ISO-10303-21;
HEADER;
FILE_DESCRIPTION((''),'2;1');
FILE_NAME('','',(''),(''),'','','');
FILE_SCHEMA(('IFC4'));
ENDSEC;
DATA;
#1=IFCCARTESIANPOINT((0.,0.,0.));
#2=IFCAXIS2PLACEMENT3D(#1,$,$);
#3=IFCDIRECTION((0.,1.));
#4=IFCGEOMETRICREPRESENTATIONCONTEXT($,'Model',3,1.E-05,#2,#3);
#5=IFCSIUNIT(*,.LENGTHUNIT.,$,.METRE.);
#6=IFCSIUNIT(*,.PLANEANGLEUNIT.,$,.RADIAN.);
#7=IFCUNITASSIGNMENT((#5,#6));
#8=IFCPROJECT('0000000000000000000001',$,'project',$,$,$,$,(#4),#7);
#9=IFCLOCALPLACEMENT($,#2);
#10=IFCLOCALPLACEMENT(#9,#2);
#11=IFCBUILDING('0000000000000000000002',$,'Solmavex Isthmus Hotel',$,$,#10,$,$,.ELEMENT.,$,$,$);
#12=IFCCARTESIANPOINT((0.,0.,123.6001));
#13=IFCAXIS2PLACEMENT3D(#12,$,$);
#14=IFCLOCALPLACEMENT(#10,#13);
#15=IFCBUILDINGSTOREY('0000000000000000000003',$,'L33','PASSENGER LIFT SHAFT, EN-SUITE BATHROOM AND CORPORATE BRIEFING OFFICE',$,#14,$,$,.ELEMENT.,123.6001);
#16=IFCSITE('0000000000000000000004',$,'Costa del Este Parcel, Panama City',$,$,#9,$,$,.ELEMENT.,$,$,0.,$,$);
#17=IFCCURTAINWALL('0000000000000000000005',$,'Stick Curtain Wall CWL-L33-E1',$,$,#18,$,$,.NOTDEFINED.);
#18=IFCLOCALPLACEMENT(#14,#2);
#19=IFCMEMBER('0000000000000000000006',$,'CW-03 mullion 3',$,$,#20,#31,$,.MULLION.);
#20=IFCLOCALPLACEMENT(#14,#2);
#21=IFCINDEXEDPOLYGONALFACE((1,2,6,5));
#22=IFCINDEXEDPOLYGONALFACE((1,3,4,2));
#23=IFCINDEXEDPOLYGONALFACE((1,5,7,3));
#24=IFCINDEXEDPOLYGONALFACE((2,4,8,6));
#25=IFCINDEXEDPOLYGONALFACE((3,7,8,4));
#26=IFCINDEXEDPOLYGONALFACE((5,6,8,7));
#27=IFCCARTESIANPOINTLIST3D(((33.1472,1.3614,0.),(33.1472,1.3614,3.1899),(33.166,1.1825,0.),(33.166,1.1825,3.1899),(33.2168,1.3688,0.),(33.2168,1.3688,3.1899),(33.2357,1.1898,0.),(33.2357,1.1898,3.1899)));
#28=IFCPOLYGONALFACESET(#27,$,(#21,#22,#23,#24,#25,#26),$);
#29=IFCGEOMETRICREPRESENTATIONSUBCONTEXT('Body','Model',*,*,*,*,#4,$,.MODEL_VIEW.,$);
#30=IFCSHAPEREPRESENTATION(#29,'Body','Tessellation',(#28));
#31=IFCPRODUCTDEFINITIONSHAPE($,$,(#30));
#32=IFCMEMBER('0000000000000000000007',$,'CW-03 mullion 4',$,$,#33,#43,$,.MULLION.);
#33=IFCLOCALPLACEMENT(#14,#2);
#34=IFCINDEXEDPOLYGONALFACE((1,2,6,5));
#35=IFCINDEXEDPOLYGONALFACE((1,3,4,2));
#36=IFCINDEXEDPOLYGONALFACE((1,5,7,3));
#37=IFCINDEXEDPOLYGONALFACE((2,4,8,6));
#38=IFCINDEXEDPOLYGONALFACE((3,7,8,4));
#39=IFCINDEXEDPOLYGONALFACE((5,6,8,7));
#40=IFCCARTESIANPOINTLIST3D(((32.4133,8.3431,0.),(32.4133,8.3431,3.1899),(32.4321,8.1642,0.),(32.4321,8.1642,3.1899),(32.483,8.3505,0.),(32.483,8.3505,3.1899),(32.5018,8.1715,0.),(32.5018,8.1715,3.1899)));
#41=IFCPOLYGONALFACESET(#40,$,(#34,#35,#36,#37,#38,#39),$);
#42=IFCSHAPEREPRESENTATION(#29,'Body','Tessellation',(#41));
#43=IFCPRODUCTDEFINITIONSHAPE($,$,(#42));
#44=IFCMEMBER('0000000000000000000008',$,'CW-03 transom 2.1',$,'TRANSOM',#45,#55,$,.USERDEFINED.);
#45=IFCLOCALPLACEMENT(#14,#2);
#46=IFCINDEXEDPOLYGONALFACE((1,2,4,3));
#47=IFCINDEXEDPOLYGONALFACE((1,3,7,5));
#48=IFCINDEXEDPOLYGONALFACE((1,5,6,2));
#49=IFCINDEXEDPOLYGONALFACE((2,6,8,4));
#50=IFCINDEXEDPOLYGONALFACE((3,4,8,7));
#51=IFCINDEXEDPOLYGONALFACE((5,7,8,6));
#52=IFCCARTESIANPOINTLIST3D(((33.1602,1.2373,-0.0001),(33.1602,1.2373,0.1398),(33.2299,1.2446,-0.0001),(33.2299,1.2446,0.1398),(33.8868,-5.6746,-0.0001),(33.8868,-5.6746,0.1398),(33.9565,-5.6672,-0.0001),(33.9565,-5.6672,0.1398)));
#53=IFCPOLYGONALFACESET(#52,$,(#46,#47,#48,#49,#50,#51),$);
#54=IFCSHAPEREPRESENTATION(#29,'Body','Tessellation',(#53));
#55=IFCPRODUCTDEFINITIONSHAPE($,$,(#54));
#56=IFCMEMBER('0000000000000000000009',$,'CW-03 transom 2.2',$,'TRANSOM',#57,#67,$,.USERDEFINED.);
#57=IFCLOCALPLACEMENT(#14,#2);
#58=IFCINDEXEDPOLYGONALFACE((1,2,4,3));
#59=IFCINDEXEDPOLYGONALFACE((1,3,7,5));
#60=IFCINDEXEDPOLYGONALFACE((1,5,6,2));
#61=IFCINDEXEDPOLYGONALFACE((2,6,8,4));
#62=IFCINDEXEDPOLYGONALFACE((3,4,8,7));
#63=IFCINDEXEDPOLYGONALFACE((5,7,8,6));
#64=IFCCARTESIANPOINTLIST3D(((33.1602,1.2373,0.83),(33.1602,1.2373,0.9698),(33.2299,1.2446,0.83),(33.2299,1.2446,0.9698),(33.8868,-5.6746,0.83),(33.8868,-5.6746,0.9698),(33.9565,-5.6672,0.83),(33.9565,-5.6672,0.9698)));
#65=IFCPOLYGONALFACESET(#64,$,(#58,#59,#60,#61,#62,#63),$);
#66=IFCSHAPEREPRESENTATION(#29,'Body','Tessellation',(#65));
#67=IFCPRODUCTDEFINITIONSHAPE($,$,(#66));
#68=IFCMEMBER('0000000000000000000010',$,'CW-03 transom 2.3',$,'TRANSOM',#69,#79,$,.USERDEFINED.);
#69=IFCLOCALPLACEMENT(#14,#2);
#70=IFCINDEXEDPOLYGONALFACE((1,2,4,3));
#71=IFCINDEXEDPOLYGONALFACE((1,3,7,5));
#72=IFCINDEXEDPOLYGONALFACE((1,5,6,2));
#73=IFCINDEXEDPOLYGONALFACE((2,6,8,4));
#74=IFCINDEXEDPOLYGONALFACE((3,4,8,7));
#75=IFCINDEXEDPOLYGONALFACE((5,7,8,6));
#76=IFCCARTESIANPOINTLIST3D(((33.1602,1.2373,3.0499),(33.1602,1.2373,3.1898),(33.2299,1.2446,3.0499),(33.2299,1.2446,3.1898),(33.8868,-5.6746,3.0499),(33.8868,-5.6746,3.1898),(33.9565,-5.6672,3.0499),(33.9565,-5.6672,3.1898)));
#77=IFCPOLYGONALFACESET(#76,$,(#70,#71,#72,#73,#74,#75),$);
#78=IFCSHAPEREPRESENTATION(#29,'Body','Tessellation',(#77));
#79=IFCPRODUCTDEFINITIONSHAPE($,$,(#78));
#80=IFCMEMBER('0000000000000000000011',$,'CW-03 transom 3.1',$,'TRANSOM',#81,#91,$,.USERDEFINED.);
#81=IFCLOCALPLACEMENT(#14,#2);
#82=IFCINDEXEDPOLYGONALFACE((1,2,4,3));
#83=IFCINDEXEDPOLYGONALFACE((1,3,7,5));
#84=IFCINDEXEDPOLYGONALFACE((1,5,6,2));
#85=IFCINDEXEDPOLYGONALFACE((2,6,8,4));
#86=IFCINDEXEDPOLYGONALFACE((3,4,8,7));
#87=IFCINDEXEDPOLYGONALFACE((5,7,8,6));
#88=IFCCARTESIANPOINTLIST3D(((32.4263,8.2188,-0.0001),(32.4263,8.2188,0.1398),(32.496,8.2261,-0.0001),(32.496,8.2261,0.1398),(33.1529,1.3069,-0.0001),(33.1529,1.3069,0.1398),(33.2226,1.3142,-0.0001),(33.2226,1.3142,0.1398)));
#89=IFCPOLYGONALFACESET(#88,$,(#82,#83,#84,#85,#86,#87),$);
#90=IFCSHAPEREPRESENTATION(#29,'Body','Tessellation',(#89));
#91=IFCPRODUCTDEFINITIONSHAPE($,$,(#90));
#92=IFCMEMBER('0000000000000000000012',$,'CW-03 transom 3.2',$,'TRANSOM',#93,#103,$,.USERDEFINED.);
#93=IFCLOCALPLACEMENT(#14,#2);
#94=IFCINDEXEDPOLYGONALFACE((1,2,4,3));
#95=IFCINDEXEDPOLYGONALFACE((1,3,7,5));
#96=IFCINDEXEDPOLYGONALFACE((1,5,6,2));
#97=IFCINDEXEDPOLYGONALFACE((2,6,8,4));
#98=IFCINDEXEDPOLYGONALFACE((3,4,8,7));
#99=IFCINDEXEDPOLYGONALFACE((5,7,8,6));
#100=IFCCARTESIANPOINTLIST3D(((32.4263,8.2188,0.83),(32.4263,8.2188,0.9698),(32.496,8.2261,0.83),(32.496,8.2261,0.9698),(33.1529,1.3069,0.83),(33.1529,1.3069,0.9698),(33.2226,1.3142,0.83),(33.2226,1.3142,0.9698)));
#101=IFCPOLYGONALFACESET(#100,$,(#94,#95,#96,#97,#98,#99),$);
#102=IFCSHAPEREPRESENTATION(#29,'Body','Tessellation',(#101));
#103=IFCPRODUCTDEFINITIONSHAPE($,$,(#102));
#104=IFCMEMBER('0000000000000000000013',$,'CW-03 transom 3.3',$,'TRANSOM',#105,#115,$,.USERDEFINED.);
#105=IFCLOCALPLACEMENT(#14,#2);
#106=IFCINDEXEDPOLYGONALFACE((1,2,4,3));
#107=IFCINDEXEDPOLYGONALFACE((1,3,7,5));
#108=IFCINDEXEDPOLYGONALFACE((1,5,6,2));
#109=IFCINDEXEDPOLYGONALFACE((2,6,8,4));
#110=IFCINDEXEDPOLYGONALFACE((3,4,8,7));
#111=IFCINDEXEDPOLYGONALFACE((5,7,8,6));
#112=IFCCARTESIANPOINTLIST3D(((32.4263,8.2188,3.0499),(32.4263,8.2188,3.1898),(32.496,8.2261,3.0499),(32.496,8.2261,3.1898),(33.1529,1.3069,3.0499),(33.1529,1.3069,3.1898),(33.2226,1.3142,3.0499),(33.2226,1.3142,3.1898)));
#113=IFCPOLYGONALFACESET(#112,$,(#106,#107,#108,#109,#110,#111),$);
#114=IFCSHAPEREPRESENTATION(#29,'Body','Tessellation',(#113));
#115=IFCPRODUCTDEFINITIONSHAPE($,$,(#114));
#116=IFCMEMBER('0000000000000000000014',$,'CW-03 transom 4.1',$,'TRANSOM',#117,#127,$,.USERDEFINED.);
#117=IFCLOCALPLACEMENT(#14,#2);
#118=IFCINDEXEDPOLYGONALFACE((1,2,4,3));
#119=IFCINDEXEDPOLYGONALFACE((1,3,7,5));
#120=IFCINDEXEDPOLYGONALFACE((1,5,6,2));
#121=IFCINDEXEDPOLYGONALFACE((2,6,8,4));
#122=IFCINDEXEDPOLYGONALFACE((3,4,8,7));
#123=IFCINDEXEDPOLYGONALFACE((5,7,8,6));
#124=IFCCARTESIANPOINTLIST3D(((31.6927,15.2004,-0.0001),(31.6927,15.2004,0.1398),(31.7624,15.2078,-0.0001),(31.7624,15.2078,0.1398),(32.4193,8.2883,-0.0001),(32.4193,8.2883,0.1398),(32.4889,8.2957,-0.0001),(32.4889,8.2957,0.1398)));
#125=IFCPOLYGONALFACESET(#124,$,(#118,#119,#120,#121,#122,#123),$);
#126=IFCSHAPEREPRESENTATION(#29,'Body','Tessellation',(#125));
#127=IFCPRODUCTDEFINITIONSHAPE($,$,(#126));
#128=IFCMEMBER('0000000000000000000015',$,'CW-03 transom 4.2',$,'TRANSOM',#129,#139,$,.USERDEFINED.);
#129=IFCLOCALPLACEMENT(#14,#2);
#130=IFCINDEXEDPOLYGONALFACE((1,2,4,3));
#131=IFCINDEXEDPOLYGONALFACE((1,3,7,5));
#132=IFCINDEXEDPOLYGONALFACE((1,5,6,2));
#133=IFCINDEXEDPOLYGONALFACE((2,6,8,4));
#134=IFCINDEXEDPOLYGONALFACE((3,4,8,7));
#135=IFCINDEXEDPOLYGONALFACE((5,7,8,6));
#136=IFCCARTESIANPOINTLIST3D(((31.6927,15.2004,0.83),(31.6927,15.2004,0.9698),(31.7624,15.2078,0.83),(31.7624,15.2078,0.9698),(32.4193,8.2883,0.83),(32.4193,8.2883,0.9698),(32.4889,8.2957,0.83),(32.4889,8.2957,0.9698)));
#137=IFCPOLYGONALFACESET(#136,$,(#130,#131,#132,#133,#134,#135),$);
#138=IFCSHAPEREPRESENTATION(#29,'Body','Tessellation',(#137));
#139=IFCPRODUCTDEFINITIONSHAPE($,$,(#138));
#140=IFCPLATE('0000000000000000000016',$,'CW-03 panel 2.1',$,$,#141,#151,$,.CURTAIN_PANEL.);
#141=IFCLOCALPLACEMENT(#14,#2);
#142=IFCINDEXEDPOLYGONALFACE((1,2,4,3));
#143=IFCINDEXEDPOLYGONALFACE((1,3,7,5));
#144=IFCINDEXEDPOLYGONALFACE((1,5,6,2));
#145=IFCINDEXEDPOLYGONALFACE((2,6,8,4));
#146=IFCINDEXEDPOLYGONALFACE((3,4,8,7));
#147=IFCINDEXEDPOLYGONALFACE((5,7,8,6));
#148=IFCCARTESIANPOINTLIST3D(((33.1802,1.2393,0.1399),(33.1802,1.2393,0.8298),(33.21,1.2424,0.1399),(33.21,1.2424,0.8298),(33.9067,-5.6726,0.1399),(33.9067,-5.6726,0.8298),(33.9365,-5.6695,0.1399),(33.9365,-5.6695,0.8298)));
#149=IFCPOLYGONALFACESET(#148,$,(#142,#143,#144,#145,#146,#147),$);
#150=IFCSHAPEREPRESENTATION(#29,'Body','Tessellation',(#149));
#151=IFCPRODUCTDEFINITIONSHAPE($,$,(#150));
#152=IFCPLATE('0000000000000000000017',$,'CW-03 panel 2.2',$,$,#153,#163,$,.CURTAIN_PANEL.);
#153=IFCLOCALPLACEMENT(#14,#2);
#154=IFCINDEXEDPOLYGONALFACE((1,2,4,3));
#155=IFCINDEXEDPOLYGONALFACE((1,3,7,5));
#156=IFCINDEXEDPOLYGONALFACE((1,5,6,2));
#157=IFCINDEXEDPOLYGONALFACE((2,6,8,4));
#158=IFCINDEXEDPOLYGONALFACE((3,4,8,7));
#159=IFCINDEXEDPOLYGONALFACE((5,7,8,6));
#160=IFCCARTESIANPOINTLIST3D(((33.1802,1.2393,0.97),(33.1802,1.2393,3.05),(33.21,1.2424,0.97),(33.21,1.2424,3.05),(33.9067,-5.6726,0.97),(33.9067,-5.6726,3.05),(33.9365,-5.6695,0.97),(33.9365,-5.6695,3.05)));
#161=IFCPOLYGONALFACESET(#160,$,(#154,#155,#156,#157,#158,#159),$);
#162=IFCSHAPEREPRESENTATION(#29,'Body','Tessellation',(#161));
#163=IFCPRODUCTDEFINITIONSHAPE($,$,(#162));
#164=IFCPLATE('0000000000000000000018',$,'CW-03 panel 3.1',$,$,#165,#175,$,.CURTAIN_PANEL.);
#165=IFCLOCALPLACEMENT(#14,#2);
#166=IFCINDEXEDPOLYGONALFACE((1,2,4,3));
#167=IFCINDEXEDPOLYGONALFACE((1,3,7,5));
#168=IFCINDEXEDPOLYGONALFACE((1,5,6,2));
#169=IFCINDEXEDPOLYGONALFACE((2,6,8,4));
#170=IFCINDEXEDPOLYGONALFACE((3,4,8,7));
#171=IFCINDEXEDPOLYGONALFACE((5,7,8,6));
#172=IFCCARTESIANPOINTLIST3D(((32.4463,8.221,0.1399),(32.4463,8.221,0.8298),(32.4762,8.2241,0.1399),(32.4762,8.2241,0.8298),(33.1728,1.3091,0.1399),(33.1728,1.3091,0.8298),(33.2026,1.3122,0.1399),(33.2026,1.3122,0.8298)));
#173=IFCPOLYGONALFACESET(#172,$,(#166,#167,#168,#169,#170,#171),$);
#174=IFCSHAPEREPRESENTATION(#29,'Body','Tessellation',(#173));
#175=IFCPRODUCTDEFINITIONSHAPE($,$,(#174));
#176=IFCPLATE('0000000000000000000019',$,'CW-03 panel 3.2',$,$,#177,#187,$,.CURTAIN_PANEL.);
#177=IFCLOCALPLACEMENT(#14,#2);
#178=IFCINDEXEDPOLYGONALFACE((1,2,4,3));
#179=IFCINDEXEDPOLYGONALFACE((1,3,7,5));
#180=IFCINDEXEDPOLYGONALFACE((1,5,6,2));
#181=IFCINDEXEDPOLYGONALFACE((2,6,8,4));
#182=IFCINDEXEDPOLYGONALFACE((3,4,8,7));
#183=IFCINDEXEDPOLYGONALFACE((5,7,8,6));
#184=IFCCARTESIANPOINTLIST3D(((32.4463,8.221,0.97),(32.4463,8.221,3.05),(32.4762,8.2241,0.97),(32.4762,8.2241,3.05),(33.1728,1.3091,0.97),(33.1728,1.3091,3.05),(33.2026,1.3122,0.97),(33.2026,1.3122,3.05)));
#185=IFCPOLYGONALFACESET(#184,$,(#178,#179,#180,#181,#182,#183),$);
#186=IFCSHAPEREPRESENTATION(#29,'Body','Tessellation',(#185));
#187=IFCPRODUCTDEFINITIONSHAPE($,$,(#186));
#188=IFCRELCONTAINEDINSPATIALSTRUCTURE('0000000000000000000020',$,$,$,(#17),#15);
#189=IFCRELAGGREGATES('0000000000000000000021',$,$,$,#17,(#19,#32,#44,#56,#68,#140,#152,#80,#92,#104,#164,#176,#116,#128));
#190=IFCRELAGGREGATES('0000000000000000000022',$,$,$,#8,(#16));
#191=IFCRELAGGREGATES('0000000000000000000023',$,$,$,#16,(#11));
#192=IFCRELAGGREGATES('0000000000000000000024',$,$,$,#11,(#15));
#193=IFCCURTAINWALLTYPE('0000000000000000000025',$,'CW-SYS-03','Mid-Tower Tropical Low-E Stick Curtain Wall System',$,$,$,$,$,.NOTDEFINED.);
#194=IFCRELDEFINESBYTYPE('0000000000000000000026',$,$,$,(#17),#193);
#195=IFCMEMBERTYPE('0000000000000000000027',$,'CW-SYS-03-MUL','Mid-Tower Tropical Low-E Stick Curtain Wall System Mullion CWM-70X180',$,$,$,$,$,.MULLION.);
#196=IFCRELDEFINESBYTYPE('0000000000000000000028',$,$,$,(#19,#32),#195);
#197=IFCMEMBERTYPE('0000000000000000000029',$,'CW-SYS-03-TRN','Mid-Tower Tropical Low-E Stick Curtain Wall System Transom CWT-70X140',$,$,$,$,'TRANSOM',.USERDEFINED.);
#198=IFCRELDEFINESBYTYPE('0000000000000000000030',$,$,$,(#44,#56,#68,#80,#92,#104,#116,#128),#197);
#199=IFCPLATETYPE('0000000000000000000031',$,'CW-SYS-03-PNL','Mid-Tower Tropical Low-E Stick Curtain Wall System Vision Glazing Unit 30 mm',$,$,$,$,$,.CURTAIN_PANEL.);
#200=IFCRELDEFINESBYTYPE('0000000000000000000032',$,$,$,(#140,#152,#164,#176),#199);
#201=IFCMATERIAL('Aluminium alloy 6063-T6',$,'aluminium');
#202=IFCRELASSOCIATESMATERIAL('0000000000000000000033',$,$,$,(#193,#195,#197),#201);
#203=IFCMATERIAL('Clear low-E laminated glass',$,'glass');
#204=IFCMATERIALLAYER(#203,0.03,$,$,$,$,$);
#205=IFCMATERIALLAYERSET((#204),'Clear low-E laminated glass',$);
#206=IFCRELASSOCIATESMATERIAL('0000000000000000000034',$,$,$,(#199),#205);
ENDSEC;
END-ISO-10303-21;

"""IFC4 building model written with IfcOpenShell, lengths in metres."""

from ifc_helpers import new_model, si_unit, direction, frame, origin, origin_2d, place, context, subcontext, project, spatial, rectangle, extrude, material, layer, layer_set, material_profile, profile_set, type_object, element, aggregate, save


model = new_model("IFC4")

# Units and contexts
model_context = context("Model", 3, precision=1e-05, world=origin(), true_north=direction((0.0, 1.0)))
body_context = subcontext(model_context, "Body", "Model", "MODEL_VIEW")
ifc_project = project(units=[si_unit("LENGTHUNIT", "METRE"), si_unit("PLANEANGLEUNIT", "RADIAN")], contexts=[model_context])

# Site, building, storey
site_placement = place(None, origin())
site = spatial("IfcSite", under=ifc_project, at=site_placement, Name="Costa del Este Parcel, Panama City", CompositionType="ELEMENT", RefElevation=0.0)
building_placement = place(site_placement, origin())
building = spatial("IfcBuilding", under=site, at=building_placement, Name="Solmavex Isthmus Hotel", CompositionType="ELEMENT")
storey_placement = place(building_placement, frame((0.0, 0.0, 123.6001)))
storey = spatial("IfcBuildingStorey", under=building, at=storey_placement, Name="L33", Description="PASSENGER LIFT SHAFT, EN-SUITE BATHROOM AND CORPORATE BRIEFING OFFICE", CompositionType="ELEMENT", Elevation=123.6001)

# Curtain wall, members, plates
ifc_material_1 = material(Name="Aluminium alloy 6063-T6", Category="aluminium")
curtain_wall_type = type_object("IfcCurtainWallType", Name="CW-SYS-03", Description="Mid-Tower Tropical Low-E Stick Curtain Wall System", PredefinedType="NOTDEFINED", material=ifc_material_1)
curtain_wall_placement = place(storey_placement, origin())
curtain_wall = element("IfcCurtainWall", 1, at=curtain_wall_placement, inside=storey, type_object=curtain_wall_type, Name="Stick Curtain Wall CWL-L33-E1", PredefinedType="NOTDEFINED")
ifc_material_profile_1 = material_profile(ifc_material_1, rectangle(XDim=0.0701, YDim=0.1799, at=origin_2d()), Name="CWM-70X180")
ifc_profile_set_1 = profile_set([ifc_material_profile_1], Name="Aluminium alloy 6063-T6")
member_type_1 = type_object("IfcMemberType", Name="CW-SYS-03-MUL", Description="Mid-Tower Tropical Low-E Stick Curtain Wall System Mullion CWM-70X180", PredefinedType="MULLION", material=ifc_profile_set_1)
member_1_placement = place(storey_placement, frame((33.1914, 1.2756, 0.0), z_axis=(0.0, 0.0, 1.0), x_axis=(-0.994522, -0.104528, 0.0)))
member_1 = element("IfcMember", 2, at=member_1_placement, type_object=member_type_1, Name="CW-03 mullion 3", PredefinedType="MULLION", context=body_context, shape_type="SweptSolid", body=[
    extrude(rectangle(XDim=0.0701, YDim=0.1799, at=origin_2d()), origin(), (0.0, 0.0, 1.0), 3.1899),
])
member_2_placement = place(storey_placement, frame((32.4575, 8.2573, 0.0), z_axis=(0.0, 0.0, 1.0), x_axis=(-0.994522, -0.104528, 0.0)))
member_2 = element("IfcMember", 3, at=member_2_placement, type_object=member_type_1, Name="CW-03 mullion 4", PredefinedType="MULLION", context=body_context, shape_type="SweptSolid", body=[
    extrude(rectangle(XDim=0.0701, YDim=0.1799, at=origin_2d()), origin(), (0.0, 0.0, 1.0), 3.1899),
])
ifc_material_profile_2 = material_profile(ifc_material_1, rectangle(XDim=0.0701, YDim=0.1399, at=origin_2d()), Name="CWT-70X140")
ifc_profile_set_2 = profile_set([ifc_material_profile_2], Name="Aluminium alloy 6063-T6")
member_type_2 = type_object("IfcMemberType", Name="CW-SYS-03-TRN", Description="Mid-Tower Tropical Low-E Stick Curtain Wall System Transom CWT-70X140", ElementType="TRANSOM", PredefinedType="USERDEFINED", material=ifc_profile_set_2)
member_3_placement = place(storey_placement, frame((33.9216, -5.6709, 0.0698), z_axis=(-0.104542, 0.99452, 0.0), x_axis=(-0.99452, -0.104542, 0.0)))
member_3 = element("IfcMember", 4, at=member_3_placement, type_object=member_type_2, Name="CW-03 transom 2.1", ObjectType="TRANSOM", PredefinedType="USERDEFINED", context=body_context, shape_type="SweptSolid", body=[
    extrude(rectangle(XDim=0.0701, YDim=0.1399, at=origin_2d()), origin(), (0.0, 0.0, 1.0), 6.95),
])
member_4_placement = place(storey_placement, frame((33.9216, -5.6709, 0.8999), z_axis=(-0.104542, 0.99452, 0.0), x_axis=(-0.99452, -0.104542, 0.0)))
member_4 = element("IfcMember", 5, at=member_4_placement, type_object=member_type_2, Name="CW-03 transom 2.2", ObjectType="TRANSOM", PredefinedType="USERDEFINED", context=body_context, shape_type="SweptSolid", body=[
    extrude(rectangle(XDim=0.0701, YDim=0.1399, at=origin_2d()), origin(), (0.0, 0.0, 1.0), 6.95),
])
member_5_placement = place(storey_placement, frame((33.9216, -5.6709, 3.1199), z_axis=(-0.104542, 0.99452, 0.0), x_axis=(-0.99452, -0.104542, 0.0)))
member_5 = element("IfcMember", 6, at=member_5_placement, type_object=member_type_2, Name="CW-03 transom 2.3", ObjectType="TRANSOM", PredefinedType="USERDEFINED", context=body_context, shape_type="SweptSolid", body=[
    extrude(rectangle(XDim=0.0701, YDim=0.1399, at=origin_2d()), origin(), (0.0, 0.0, 1.0), 6.95),
])
member_6_placement = place(storey_placement, frame((33.1877, 1.3105, 0.0698), z_axis=(-0.104542, 0.99452, 0.0), x_axis=(-0.99452, -0.104542, 0.0)))
member_6 = element("IfcMember", 7, at=member_6_placement, type_object=member_type_2, Name="CW-03 transom 3.1", ObjectType="TRANSOM", PredefinedType="USERDEFINED", context=body_context, shape_type="SweptSolid", body=[
    extrude(rectangle(XDim=0.0701, YDim=0.1399, at=origin_2d()), origin(), (0.0, 0.0, 1.0), 6.95),
])
member_7_placement = place(storey_placement, frame((33.1877, 1.3105, 0.8999), z_axis=(-0.104542, 0.99452, 0.0), x_axis=(-0.99452, -0.104542, 0.0)))
member_7 = element("IfcMember", 8, at=member_7_placement, type_object=member_type_2, Name="CW-03 transom 3.2", ObjectType="TRANSOM", PredefinedType="USERDEFINED", context=body_context, shape_type="SweptSolid", body=[
    extrude(rectangle(XDim=0.0701, YDim=0.1399, at=origin_2d()), origin(), (0.0, 0.0, 1.0), 6.95),
])
member_8_placement = place(storey_placement, frame((33.1877, 1.3105, 3.1199), z_axis=(-0.104542, 0.99452, 0.0), x_axis=(-0.99452, -0.104542, 0.0)))
member_8 = element("IfcMember", 9, at=member_8_placement, type_object=member_type_2, Name="CW-03 transom 3.3", ObjectType="TRANSOM", PredefinedType="USERDEFINED", context=body_context, shape_type="SweptSolid", body=[
    extrude(rectangle(XDim=0.0701, YDim=0.1399, at=origin_2d()), origin(), (0.0, 0.0, 1.0), 6.95),
])
member_9_placement = place(storey_placement, frame((32.4541, 8.292, 0.0698), z_axis=(-0.104539, 0.994521, 0.0), x_axis=(-0.994521, -0.104539, 0.0)))
member_9 = element("IfcMember", 10, at=member_9_placement, type_object=member_type_2, Name="CW-03 transom 4.1", ObjectType="TRANSOM", PredefinedType="USERDEFINED", context=body_context, shape_type="SweptSolid", body=[
    extrude(rectangle(XDim=0.0701, YDim=0.1399, at=origin_2d()), origin(), (0.0, 0.0, 1.0), 6.9502),
])
member_10_placement = place(storey_placement, frame((32.4541, 8.292, 0.8999), z_axis=(-0.104539, 0.994521, 0.0), x_axis=(-0.994521, -0.104539, 0.0)))
member_10 = element("IfcMember", 11, at=member_10_placement, type_object=member_type_2, Name="CW-03 transom 4.2", ObjectType="TRANSOM", PredefinedType="USERDEFINED", context=body_context, shape_type="SweptSolid", body=[
    extrude(rectangle(XDim=0.0701, YDim=0.1399, at=origin_2d()), origin(), (0.0, 0.0, 1.0), 6.9502),
])
ifc_material_2 = material(Name="Clear low-E laminated glass", Category="glass")
ifc_layer_1 = layer(ifc_material_2, 0.03)
ifc_layer_set_1 = layer_set([ifc_layer_1], Name="Clear low-E laminated glass")
plate_type = type_object("IfcPlateType", Name="CW-SYS-03-PNL", Description="Mid-Tower Tropical Low-E Stick Curtain Wall System Vision Glazing Unit 30 mm", PredefinedType="CURTAIN_PANEL", material=ifc_layer_set_1)
plate_1_placement = place(storey_placement, frame((33.5583, -2.2151, 0.1399), z_axis=(0.0, 0.0, 1.0), x_axis=(-0.104528, 0.994522, 0.0)))
plate_1 = element("IfcPlate", 12, at=plate_1_placement, type_object=plate_type, Name="CW-03 panel 2.1", PredefinedType="CURTAIN_PANEL", context=body_context, shape_type="SweptSolid", body=[
    extrude(rectangle(XDim=6.95, YDim=0.03, at=origin_2d()), origin(), (0.0, 0.0, 1.0), 0.6899),
])
plate_2_placement = place(storey_placement, frame((33.5583, -2.2151, 0.97), z_axis=(0.0, 0.0, 1.0), x_axis=(-0.104528, 0.994522, 0.0)))
plate_2 = element("IfcPlate", 13, at=plate_2_placement, type_object=plate_type, Name="CW-03 panel 2.2", PredefinedType="CURTAIN_PANEL", context=body_context, shape_type="SweptSolid", body=[
    extrude(rectangle(XDim=6.95, YDim=0.03, at=origin_2d()), origin(), (0.0, 0.0, 1.0), 2.0801),
])
plate_3_placement = place(storey_placement, frame((32.8245, 4.7666, 0.1399), z_axis=(0.0, 0.0, 1.0), x_axis=(-0.104528, 0.994522, 0.0)))
plate_3 = element("IfcPlate", 14, at=plate_3_placement, type_object=plate_type, Name="CW-03 panel 3.1", PredefinedType="CURTAIN_PANEL", context=body_context, shape_type="SweptSolid", body=[
    extrude(rectangle(XDim=6.95, YDim=0.03, at=origin_2d()), origin(), (0.0, 0.0, 1.0), 0.6899),
])
plate_4_placement = place(storey_placement, frame((32.8245, 4.7666, 0.97), z_axis=(0.0, 0.0, 1.0), x_axis=(-0.104528, 0.994522, 0.0)))
plate_4 = element("IfcPlate", 15, at=plate_4_placement, type_object=plate_type, Name="CW-03 panel 3.2", PredefinedType="CURTAIN_PANEL", context=body_context, shape_type="SweptSolid", body=[
    extrude(rectangle(XDim=6.95, YDim=0.03, at=origin_2d()), origin(), (0.0, 0.0, 1.0), 2.0801),
])
aggregate(curtain_wall, [member_1, member_2, member_3, member_4, member_5, plate_1, plate_2, member_6, member_7, member_8, plate_3, plate_4, member_9, member_10])

save(model, "model.ifc")
